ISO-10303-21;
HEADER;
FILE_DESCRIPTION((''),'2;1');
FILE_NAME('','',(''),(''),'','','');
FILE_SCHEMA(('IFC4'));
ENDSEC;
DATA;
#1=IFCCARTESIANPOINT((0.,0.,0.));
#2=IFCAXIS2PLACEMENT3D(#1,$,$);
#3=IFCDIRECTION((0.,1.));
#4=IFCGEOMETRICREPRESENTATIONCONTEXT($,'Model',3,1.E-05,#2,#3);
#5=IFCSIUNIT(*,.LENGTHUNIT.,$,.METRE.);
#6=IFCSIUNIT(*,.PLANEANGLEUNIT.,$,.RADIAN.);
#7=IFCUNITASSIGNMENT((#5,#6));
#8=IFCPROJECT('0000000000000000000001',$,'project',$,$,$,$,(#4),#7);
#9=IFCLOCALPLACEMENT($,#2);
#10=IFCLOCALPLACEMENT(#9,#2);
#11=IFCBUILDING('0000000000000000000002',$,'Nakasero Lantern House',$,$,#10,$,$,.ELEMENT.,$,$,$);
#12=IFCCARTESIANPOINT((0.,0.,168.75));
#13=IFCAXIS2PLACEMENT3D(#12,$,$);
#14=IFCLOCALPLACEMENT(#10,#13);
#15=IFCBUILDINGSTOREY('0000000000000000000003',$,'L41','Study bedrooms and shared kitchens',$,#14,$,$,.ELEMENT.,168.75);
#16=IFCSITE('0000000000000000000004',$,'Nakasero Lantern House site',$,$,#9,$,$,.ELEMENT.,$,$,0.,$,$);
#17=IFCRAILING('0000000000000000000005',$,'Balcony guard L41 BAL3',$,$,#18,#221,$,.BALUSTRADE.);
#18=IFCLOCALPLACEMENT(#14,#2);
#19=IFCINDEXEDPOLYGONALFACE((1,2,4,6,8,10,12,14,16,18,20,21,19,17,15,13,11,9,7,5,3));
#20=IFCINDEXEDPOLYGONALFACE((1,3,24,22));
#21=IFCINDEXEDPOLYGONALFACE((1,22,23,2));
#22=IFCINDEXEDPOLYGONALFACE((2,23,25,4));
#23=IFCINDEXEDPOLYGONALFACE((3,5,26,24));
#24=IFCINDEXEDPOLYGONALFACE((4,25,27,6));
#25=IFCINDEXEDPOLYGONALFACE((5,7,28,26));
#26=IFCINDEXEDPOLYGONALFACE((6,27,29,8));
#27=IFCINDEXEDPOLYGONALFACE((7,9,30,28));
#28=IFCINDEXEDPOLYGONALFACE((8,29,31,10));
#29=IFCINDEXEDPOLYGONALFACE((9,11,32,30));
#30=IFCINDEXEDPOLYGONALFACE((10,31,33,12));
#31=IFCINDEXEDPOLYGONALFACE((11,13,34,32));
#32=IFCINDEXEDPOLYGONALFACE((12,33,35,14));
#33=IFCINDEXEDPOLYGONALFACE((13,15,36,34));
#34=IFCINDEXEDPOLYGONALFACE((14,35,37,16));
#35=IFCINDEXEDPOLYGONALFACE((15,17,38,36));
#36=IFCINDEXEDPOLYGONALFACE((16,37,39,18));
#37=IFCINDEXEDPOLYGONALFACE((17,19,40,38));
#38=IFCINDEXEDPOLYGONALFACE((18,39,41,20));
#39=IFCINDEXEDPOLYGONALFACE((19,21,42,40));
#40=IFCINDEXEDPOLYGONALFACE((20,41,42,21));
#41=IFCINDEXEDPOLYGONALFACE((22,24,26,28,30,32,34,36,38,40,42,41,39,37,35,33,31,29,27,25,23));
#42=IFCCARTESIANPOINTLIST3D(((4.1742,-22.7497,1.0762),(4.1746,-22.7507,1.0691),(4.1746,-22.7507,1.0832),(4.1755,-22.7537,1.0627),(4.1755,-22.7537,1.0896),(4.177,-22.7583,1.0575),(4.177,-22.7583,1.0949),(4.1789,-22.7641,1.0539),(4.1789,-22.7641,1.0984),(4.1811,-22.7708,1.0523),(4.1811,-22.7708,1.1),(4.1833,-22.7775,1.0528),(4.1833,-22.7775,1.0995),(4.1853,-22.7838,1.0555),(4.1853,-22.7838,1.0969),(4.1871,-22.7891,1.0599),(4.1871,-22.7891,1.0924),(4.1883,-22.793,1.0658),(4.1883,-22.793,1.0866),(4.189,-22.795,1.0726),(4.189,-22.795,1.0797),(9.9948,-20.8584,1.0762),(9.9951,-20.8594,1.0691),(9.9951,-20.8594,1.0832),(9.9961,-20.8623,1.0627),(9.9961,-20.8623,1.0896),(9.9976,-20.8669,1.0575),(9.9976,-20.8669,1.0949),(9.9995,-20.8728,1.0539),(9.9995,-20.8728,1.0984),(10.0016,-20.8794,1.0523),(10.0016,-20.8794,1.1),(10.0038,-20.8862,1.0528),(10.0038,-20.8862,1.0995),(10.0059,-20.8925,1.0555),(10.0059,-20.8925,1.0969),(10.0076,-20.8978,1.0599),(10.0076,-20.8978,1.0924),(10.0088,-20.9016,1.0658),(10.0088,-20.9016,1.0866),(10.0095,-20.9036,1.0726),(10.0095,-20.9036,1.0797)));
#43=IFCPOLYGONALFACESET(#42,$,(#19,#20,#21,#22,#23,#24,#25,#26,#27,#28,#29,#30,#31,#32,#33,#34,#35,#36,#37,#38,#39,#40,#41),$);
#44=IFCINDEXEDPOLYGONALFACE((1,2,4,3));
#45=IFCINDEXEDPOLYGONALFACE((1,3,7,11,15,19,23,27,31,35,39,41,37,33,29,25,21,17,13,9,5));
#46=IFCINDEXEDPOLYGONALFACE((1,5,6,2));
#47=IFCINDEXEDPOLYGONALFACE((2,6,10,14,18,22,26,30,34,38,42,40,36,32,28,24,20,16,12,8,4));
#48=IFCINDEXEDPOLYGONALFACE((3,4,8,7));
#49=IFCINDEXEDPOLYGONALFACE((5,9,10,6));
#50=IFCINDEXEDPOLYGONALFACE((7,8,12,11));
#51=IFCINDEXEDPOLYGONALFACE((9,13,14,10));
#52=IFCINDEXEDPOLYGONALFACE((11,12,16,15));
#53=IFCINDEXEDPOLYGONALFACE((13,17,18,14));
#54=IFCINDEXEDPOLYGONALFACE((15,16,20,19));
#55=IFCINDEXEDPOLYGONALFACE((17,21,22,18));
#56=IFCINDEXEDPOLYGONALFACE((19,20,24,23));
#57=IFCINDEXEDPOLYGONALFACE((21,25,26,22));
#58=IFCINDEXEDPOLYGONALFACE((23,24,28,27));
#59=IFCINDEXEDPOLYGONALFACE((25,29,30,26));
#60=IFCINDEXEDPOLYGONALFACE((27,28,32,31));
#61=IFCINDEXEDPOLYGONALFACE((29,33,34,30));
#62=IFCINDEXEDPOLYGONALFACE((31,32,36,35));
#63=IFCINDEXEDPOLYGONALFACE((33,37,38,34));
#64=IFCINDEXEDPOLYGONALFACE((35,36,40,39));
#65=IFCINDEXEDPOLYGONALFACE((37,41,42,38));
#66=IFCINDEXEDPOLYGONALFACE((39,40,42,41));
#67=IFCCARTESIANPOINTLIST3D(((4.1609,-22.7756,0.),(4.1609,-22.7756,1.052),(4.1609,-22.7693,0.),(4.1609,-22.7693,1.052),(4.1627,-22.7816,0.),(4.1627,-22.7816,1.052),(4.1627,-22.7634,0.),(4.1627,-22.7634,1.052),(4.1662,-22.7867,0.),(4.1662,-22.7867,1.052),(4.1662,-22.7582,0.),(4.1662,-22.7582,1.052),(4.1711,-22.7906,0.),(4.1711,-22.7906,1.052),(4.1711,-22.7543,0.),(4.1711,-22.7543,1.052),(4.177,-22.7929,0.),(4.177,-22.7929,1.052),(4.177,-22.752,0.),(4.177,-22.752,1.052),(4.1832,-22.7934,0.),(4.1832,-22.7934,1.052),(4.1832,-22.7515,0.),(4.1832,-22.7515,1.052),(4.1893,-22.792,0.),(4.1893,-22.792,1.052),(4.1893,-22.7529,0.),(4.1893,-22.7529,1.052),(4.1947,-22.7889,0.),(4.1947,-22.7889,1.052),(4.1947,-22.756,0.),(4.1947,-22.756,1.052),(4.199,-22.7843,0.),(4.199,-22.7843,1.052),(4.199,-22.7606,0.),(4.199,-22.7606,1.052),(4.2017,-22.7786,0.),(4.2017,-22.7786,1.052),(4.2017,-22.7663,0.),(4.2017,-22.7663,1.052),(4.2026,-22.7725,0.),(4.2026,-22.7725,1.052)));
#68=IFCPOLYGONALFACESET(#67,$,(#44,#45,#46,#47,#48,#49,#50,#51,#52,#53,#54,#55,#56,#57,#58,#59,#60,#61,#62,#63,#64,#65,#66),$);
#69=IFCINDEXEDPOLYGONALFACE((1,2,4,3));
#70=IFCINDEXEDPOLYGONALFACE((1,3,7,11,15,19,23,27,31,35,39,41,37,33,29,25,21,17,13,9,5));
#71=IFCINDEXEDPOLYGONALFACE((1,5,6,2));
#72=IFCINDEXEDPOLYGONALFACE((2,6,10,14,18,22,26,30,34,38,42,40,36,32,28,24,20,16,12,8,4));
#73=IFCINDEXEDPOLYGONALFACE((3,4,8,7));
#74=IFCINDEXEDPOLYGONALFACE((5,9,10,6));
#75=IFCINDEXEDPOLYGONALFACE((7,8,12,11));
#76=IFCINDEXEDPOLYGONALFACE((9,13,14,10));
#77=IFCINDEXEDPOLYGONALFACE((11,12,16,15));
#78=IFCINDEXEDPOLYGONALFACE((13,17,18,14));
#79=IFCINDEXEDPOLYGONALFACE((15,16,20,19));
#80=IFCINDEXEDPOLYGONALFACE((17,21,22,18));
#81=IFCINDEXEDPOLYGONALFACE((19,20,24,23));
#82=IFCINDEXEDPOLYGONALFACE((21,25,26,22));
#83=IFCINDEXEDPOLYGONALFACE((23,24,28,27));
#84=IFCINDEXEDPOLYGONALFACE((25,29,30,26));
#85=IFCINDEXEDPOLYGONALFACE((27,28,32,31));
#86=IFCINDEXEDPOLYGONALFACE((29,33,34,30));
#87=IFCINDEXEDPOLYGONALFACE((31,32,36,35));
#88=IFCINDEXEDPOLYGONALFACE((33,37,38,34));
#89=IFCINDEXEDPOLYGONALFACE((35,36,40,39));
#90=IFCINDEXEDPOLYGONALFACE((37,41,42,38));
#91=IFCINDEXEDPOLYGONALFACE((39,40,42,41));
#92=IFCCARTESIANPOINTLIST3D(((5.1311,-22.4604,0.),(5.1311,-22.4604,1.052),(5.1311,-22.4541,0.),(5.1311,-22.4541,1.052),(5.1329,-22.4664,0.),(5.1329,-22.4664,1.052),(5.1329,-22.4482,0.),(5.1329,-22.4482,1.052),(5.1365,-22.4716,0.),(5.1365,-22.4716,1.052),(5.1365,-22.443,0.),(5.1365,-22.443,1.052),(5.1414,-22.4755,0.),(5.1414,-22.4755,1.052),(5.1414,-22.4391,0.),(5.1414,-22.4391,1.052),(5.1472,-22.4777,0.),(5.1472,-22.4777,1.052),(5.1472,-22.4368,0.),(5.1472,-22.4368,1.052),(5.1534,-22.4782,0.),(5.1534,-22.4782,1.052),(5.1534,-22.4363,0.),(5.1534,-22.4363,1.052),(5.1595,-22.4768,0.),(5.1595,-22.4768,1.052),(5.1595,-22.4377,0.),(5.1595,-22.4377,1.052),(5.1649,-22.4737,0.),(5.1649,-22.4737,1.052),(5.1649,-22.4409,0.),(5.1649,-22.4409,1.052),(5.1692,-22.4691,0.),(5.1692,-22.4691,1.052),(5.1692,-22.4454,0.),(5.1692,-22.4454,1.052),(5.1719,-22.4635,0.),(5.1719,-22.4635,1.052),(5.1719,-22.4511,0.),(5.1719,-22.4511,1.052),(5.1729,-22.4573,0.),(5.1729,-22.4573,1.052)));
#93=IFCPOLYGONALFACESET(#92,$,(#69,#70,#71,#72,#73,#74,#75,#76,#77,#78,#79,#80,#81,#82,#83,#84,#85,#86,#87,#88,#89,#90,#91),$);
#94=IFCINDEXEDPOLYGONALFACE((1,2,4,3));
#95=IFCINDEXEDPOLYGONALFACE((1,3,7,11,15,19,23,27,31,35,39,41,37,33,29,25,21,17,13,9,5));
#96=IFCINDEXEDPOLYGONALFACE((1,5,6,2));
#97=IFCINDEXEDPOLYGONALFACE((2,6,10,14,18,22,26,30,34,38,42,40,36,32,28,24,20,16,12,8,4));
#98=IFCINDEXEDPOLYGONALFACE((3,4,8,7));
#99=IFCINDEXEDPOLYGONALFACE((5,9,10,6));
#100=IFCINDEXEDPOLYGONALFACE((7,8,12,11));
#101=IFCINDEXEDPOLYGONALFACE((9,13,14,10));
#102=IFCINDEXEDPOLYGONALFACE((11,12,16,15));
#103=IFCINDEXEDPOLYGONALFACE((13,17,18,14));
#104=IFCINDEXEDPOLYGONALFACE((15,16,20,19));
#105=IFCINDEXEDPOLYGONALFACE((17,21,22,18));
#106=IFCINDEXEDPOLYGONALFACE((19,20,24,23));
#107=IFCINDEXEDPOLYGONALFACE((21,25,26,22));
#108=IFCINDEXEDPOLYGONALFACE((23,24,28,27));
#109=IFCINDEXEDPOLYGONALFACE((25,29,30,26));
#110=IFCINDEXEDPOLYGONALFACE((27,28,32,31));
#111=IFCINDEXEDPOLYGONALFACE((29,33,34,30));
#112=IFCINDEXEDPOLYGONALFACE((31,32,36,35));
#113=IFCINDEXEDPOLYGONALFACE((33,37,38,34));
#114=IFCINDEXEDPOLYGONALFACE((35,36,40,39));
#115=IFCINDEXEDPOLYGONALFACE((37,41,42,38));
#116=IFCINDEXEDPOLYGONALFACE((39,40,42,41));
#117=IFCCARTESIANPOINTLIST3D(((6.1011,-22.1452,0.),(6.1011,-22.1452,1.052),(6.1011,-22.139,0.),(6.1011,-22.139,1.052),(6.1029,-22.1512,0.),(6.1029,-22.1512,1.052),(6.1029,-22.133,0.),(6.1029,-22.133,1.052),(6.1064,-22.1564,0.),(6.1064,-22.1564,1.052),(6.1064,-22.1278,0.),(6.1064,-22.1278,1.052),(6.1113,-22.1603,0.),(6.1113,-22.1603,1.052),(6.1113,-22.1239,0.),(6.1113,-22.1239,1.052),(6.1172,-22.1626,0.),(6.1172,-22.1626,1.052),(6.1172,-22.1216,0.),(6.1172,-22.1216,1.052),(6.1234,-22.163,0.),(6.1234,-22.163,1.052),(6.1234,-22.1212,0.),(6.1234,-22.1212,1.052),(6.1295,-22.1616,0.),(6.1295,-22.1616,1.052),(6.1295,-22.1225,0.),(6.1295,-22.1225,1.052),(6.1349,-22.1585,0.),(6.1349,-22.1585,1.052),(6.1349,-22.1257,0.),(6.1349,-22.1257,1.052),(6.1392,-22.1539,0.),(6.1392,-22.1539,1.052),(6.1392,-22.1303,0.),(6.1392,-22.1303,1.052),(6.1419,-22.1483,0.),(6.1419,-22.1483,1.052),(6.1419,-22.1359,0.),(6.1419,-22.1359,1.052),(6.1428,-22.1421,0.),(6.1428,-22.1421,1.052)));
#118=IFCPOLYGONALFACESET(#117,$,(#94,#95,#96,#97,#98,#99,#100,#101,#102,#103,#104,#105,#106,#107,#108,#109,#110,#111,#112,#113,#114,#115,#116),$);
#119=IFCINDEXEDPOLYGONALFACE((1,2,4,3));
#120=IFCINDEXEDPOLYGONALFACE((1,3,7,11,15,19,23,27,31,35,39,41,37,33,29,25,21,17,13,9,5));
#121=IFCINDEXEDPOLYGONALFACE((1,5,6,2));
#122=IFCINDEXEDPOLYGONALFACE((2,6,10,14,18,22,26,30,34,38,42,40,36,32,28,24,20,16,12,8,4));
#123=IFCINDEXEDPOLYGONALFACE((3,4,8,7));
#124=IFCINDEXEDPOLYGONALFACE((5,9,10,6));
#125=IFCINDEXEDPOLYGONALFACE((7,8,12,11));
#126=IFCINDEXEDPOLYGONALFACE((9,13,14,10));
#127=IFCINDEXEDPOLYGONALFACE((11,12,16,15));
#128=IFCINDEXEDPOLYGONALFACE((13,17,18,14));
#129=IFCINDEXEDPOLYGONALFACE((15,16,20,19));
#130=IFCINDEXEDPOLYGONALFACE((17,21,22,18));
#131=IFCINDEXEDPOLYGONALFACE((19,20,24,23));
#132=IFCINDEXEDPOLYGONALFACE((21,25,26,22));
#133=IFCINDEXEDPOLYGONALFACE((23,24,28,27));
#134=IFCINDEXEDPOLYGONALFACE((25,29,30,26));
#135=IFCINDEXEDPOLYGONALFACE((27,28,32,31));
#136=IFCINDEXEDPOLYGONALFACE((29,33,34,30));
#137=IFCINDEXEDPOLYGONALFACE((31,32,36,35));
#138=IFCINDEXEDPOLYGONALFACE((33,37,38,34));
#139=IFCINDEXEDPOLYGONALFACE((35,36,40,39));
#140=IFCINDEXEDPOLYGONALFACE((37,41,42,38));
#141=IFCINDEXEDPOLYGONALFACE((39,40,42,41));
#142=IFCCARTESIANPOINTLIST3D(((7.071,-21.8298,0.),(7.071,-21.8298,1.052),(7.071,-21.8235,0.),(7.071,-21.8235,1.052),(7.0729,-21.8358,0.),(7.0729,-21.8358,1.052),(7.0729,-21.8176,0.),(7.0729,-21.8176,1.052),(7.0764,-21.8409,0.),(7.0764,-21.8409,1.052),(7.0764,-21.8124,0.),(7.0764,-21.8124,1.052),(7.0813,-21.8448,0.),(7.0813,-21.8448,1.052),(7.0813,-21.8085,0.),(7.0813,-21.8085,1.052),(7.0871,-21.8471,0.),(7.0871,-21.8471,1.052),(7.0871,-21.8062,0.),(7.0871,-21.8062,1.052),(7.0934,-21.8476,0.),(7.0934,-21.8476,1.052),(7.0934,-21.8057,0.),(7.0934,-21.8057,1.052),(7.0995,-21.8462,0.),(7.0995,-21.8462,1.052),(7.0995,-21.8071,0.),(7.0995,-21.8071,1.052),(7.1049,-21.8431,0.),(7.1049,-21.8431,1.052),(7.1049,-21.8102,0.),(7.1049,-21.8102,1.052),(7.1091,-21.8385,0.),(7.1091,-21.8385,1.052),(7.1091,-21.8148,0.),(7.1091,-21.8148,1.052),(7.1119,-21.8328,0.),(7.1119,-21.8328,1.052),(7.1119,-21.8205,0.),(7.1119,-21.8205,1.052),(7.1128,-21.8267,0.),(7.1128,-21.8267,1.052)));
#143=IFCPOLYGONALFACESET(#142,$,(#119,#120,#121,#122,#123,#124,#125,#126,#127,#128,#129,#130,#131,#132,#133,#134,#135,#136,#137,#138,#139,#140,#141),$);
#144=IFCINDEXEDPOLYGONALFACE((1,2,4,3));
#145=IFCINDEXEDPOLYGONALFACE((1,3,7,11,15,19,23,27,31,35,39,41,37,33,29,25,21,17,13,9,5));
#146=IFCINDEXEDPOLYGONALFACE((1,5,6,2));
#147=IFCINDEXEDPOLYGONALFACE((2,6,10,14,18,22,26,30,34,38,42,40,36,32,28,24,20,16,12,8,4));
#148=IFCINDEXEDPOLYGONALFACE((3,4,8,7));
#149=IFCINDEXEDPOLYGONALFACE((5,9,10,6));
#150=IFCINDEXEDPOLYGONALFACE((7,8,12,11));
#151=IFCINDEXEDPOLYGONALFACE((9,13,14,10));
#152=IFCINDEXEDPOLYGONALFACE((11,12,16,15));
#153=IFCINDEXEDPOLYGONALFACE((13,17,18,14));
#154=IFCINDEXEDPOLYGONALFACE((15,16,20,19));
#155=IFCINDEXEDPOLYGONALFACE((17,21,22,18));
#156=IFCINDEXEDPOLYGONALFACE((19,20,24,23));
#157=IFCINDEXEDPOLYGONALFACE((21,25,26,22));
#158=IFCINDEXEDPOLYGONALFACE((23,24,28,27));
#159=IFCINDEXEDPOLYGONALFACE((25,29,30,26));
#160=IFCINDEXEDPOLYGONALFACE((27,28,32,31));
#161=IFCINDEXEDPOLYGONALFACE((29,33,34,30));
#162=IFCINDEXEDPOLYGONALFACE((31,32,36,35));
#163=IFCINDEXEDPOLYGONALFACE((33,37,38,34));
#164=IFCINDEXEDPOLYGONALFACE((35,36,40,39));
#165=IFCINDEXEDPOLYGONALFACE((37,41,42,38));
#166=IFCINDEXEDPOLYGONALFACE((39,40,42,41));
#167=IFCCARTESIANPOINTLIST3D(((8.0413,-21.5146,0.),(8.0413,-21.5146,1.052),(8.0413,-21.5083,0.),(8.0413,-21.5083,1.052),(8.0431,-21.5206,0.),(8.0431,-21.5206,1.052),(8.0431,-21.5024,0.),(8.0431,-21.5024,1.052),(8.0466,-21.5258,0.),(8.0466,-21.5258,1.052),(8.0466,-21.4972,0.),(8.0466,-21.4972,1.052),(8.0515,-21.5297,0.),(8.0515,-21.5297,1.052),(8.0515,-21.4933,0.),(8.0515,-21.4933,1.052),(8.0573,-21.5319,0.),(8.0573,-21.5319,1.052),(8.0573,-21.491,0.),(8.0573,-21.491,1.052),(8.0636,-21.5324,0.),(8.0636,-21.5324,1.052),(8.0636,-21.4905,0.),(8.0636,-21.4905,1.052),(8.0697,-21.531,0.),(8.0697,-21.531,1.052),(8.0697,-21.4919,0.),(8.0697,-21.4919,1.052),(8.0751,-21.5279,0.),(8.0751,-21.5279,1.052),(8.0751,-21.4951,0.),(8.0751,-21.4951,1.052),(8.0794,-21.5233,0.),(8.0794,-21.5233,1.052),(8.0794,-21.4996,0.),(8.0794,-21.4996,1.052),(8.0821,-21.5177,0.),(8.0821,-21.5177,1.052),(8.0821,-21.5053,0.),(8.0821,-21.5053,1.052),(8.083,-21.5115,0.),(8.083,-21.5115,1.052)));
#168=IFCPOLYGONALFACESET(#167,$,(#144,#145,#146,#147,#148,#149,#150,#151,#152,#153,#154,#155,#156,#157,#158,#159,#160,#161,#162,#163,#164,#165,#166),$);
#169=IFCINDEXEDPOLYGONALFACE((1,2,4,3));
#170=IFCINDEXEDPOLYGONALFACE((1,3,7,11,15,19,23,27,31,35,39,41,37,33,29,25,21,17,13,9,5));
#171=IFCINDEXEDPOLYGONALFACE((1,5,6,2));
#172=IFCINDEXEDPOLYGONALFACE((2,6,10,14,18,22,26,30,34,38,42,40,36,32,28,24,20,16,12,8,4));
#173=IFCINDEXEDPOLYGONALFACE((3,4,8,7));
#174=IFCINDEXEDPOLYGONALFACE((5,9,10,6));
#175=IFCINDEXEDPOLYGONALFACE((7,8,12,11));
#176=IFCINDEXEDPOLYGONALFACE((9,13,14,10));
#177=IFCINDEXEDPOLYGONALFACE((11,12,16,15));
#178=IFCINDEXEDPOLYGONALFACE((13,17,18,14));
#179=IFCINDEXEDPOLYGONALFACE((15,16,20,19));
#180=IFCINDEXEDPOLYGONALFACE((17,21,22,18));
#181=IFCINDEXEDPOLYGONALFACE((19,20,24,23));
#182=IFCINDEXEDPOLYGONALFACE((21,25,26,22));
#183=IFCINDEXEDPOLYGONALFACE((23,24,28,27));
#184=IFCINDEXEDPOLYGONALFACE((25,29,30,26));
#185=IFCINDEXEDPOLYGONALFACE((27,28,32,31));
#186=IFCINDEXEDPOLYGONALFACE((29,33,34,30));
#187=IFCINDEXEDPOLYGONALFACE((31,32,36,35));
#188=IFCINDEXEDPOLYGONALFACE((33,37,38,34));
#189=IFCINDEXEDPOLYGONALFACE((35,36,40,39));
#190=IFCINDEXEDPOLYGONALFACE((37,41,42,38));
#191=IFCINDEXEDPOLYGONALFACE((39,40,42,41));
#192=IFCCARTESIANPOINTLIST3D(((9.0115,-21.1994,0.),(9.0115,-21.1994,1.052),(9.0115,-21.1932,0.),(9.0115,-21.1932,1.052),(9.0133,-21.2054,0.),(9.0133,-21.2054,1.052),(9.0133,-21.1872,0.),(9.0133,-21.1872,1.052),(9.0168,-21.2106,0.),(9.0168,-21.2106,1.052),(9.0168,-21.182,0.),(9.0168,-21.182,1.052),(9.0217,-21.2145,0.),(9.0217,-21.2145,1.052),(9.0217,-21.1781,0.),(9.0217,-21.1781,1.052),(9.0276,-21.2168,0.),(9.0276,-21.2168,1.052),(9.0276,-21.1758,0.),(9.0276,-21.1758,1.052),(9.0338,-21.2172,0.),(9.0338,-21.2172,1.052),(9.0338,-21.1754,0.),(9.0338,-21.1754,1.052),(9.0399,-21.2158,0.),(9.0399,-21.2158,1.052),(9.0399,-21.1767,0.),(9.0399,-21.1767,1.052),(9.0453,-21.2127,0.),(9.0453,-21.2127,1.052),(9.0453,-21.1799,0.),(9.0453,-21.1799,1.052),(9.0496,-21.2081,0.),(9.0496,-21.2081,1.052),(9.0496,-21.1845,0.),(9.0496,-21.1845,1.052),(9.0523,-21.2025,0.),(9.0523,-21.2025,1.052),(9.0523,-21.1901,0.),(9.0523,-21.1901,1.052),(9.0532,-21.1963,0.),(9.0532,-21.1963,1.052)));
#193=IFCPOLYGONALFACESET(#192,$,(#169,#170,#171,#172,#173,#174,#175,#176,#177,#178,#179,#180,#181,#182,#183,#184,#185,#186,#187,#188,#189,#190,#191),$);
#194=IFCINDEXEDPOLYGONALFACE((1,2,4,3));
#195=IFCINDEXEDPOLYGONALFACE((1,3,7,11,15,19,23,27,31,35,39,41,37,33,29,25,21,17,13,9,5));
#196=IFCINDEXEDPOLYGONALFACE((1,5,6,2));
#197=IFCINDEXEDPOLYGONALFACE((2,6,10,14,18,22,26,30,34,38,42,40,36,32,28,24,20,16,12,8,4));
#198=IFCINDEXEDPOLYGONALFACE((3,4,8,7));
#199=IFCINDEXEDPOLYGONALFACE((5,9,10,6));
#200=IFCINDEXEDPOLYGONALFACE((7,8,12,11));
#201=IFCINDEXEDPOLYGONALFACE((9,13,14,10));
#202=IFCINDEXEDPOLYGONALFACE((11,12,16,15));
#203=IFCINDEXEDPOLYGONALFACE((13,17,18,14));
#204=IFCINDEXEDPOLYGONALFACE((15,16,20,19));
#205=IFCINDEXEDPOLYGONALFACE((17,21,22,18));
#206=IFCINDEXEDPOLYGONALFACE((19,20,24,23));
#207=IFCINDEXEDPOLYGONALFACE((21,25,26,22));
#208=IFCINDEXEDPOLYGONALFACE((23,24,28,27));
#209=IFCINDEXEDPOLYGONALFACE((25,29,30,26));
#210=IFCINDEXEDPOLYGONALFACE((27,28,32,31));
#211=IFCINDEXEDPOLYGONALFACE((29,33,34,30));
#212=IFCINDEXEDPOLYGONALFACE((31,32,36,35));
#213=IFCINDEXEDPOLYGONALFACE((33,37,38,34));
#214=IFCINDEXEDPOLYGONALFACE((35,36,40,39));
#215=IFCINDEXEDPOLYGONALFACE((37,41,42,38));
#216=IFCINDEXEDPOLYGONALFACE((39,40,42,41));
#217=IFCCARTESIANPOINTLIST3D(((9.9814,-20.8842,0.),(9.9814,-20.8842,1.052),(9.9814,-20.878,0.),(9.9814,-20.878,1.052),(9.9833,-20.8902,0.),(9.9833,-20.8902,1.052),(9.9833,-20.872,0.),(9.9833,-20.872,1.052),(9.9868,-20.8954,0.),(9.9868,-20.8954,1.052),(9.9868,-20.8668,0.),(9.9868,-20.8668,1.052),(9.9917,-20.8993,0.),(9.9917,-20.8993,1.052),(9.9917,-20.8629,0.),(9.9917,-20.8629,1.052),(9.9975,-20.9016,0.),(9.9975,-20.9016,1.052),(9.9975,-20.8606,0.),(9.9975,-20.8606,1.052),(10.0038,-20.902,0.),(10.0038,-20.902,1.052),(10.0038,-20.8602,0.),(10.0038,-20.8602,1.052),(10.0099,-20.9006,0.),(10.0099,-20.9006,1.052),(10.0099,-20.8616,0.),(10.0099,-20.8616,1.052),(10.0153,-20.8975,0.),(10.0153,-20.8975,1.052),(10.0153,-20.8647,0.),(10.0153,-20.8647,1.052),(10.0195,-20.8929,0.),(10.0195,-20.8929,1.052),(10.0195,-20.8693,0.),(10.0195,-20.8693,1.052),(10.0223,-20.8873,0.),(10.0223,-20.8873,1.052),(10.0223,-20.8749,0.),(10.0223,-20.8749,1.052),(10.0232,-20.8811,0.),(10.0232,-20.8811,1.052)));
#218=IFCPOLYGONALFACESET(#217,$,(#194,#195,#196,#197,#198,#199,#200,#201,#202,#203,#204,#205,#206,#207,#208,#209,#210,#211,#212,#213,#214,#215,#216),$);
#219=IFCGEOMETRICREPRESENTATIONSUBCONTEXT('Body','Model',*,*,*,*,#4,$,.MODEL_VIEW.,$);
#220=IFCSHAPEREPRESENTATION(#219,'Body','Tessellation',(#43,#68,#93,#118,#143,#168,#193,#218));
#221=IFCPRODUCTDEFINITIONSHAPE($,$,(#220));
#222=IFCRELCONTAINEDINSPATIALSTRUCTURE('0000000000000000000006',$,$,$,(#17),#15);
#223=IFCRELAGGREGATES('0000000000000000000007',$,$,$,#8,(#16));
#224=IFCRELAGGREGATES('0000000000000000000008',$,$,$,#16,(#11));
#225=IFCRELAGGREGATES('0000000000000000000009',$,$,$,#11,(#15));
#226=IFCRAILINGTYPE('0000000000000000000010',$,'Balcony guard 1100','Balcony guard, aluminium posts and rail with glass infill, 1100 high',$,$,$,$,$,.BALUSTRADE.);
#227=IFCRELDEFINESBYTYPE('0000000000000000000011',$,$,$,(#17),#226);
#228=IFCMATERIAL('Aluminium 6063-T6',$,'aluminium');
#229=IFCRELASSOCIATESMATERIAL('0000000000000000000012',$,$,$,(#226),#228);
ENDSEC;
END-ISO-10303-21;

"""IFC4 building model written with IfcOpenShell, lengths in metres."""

from ifc_helpers import new_model, si_unit, direction, frame, origin, origin_2d, place, context, subcontext, project, spatial, circle, extrude, material, type_object, element, save


model = new_model("IFC4")

# Units and contexts
model_context = context("Model", 3, precision=1e-05, world=origin(), true_north=direction((0.0, 1.0)))
body_context = subcontext(model_context, "Body", "Model", "MODEL_VIEW")
ifc_project = project(units=[si_unit("LENGTHUNIT", "METRE"), si_unit("PLANEANGLEUNIT", "RADIAN")], contexts=[model_context])

# Site, building, storey
site_placement = place(None, origin())
site = spatial("IfcSite", under=ifc_project, at=site_placement, Name="Nakasero Lantern House site", CompositionType="ELEMENT", RefElevation=0.0)
building_placement = place(site_placement, origin())
building = spatial("IfcBuilding", under=site, at=building_placement, Name="Nakasero Lantern House", CompositionType="ELEMENT")
storey_placement = place(building_placement, frame((0.0, 0.0, 168.75)))
storey = spatial("IfcBuildingStorey", under=building, at=storey_placement, Name="L41", Description="Study bedrooms and shared kitchens", CompositionType="ELEMENT", Elevation=168.75)

# Railing
ifc_material_1 = material(Name="Aluminium 6063-T6", Category="aluminium")
railing_type = type_object("IfcRailingType", Name="Balcony guard 1100", Description="Balcony guard, aluminium posts and rail with glass infill, 1100 high", PredefinedType="BALUSTRADE", material=ifc_material_1)
railing_placement = place(storey_placement, frame((4.1816, -22.7725, 0.0)))
element("IfcRailing", 1, at=railing_placement, inside=storey, type_object=railing_type, Name="Balcony guard L41 BAL3", PredefinedType="BALUSTRADE", context=body_context, shape_type="SweptSolid", body=[
    extrude(circle(Radius=0.0239, at=origin_2d()), frame((0.0, 0.0, 1.0762), z_axis=(0.95105, 0.309038, 0.0), x_axis=(-0.309038, 0.95105, 0.0)), (0.0, 0.0, 1.0), 6.1201),
    extrude(circle(Radius=0.021, at=origin_2d()), origin(), (0.0, 0.0, 1.0), 1.052),
    extrude(circle(Radius=0.021, at=origin_2d()), frame((0.9702, 0.3152, 0.0)), (0.0, 0.0, 1.0), 1.052),
    extrude(circle(Radius=0.021, at=origin_2d()), frame((1.9402, 0.6304, 0.0)), (0.0, 0.0, 1.0), 1.052),
    extrude(circle(Radius=0.021, at=origin_2d()), frame((2.9102, 0.9458, 0.0)), (0.0, 0.0, 1.0), 1.052),
    extrude(circle(Radius=0.021, at=origin_2d()), frame((3.8804, 1.261, 0.0)), (0.0, 0.0, 1.0), 1.052),
    extrude(circle(Radius=0.021, at=origin_2d()), frame((4.8506, 1.5762, 0.0)), (0.0, 0.0, 1.0), 1.052),
    extrude(circle(Radius=0.021, at=origin_2d()), frame((5.8206, 1.8914, 0.0)), (0.0, 0.0, 1.0), 1.052),
])

save(model, "model.ifc")
